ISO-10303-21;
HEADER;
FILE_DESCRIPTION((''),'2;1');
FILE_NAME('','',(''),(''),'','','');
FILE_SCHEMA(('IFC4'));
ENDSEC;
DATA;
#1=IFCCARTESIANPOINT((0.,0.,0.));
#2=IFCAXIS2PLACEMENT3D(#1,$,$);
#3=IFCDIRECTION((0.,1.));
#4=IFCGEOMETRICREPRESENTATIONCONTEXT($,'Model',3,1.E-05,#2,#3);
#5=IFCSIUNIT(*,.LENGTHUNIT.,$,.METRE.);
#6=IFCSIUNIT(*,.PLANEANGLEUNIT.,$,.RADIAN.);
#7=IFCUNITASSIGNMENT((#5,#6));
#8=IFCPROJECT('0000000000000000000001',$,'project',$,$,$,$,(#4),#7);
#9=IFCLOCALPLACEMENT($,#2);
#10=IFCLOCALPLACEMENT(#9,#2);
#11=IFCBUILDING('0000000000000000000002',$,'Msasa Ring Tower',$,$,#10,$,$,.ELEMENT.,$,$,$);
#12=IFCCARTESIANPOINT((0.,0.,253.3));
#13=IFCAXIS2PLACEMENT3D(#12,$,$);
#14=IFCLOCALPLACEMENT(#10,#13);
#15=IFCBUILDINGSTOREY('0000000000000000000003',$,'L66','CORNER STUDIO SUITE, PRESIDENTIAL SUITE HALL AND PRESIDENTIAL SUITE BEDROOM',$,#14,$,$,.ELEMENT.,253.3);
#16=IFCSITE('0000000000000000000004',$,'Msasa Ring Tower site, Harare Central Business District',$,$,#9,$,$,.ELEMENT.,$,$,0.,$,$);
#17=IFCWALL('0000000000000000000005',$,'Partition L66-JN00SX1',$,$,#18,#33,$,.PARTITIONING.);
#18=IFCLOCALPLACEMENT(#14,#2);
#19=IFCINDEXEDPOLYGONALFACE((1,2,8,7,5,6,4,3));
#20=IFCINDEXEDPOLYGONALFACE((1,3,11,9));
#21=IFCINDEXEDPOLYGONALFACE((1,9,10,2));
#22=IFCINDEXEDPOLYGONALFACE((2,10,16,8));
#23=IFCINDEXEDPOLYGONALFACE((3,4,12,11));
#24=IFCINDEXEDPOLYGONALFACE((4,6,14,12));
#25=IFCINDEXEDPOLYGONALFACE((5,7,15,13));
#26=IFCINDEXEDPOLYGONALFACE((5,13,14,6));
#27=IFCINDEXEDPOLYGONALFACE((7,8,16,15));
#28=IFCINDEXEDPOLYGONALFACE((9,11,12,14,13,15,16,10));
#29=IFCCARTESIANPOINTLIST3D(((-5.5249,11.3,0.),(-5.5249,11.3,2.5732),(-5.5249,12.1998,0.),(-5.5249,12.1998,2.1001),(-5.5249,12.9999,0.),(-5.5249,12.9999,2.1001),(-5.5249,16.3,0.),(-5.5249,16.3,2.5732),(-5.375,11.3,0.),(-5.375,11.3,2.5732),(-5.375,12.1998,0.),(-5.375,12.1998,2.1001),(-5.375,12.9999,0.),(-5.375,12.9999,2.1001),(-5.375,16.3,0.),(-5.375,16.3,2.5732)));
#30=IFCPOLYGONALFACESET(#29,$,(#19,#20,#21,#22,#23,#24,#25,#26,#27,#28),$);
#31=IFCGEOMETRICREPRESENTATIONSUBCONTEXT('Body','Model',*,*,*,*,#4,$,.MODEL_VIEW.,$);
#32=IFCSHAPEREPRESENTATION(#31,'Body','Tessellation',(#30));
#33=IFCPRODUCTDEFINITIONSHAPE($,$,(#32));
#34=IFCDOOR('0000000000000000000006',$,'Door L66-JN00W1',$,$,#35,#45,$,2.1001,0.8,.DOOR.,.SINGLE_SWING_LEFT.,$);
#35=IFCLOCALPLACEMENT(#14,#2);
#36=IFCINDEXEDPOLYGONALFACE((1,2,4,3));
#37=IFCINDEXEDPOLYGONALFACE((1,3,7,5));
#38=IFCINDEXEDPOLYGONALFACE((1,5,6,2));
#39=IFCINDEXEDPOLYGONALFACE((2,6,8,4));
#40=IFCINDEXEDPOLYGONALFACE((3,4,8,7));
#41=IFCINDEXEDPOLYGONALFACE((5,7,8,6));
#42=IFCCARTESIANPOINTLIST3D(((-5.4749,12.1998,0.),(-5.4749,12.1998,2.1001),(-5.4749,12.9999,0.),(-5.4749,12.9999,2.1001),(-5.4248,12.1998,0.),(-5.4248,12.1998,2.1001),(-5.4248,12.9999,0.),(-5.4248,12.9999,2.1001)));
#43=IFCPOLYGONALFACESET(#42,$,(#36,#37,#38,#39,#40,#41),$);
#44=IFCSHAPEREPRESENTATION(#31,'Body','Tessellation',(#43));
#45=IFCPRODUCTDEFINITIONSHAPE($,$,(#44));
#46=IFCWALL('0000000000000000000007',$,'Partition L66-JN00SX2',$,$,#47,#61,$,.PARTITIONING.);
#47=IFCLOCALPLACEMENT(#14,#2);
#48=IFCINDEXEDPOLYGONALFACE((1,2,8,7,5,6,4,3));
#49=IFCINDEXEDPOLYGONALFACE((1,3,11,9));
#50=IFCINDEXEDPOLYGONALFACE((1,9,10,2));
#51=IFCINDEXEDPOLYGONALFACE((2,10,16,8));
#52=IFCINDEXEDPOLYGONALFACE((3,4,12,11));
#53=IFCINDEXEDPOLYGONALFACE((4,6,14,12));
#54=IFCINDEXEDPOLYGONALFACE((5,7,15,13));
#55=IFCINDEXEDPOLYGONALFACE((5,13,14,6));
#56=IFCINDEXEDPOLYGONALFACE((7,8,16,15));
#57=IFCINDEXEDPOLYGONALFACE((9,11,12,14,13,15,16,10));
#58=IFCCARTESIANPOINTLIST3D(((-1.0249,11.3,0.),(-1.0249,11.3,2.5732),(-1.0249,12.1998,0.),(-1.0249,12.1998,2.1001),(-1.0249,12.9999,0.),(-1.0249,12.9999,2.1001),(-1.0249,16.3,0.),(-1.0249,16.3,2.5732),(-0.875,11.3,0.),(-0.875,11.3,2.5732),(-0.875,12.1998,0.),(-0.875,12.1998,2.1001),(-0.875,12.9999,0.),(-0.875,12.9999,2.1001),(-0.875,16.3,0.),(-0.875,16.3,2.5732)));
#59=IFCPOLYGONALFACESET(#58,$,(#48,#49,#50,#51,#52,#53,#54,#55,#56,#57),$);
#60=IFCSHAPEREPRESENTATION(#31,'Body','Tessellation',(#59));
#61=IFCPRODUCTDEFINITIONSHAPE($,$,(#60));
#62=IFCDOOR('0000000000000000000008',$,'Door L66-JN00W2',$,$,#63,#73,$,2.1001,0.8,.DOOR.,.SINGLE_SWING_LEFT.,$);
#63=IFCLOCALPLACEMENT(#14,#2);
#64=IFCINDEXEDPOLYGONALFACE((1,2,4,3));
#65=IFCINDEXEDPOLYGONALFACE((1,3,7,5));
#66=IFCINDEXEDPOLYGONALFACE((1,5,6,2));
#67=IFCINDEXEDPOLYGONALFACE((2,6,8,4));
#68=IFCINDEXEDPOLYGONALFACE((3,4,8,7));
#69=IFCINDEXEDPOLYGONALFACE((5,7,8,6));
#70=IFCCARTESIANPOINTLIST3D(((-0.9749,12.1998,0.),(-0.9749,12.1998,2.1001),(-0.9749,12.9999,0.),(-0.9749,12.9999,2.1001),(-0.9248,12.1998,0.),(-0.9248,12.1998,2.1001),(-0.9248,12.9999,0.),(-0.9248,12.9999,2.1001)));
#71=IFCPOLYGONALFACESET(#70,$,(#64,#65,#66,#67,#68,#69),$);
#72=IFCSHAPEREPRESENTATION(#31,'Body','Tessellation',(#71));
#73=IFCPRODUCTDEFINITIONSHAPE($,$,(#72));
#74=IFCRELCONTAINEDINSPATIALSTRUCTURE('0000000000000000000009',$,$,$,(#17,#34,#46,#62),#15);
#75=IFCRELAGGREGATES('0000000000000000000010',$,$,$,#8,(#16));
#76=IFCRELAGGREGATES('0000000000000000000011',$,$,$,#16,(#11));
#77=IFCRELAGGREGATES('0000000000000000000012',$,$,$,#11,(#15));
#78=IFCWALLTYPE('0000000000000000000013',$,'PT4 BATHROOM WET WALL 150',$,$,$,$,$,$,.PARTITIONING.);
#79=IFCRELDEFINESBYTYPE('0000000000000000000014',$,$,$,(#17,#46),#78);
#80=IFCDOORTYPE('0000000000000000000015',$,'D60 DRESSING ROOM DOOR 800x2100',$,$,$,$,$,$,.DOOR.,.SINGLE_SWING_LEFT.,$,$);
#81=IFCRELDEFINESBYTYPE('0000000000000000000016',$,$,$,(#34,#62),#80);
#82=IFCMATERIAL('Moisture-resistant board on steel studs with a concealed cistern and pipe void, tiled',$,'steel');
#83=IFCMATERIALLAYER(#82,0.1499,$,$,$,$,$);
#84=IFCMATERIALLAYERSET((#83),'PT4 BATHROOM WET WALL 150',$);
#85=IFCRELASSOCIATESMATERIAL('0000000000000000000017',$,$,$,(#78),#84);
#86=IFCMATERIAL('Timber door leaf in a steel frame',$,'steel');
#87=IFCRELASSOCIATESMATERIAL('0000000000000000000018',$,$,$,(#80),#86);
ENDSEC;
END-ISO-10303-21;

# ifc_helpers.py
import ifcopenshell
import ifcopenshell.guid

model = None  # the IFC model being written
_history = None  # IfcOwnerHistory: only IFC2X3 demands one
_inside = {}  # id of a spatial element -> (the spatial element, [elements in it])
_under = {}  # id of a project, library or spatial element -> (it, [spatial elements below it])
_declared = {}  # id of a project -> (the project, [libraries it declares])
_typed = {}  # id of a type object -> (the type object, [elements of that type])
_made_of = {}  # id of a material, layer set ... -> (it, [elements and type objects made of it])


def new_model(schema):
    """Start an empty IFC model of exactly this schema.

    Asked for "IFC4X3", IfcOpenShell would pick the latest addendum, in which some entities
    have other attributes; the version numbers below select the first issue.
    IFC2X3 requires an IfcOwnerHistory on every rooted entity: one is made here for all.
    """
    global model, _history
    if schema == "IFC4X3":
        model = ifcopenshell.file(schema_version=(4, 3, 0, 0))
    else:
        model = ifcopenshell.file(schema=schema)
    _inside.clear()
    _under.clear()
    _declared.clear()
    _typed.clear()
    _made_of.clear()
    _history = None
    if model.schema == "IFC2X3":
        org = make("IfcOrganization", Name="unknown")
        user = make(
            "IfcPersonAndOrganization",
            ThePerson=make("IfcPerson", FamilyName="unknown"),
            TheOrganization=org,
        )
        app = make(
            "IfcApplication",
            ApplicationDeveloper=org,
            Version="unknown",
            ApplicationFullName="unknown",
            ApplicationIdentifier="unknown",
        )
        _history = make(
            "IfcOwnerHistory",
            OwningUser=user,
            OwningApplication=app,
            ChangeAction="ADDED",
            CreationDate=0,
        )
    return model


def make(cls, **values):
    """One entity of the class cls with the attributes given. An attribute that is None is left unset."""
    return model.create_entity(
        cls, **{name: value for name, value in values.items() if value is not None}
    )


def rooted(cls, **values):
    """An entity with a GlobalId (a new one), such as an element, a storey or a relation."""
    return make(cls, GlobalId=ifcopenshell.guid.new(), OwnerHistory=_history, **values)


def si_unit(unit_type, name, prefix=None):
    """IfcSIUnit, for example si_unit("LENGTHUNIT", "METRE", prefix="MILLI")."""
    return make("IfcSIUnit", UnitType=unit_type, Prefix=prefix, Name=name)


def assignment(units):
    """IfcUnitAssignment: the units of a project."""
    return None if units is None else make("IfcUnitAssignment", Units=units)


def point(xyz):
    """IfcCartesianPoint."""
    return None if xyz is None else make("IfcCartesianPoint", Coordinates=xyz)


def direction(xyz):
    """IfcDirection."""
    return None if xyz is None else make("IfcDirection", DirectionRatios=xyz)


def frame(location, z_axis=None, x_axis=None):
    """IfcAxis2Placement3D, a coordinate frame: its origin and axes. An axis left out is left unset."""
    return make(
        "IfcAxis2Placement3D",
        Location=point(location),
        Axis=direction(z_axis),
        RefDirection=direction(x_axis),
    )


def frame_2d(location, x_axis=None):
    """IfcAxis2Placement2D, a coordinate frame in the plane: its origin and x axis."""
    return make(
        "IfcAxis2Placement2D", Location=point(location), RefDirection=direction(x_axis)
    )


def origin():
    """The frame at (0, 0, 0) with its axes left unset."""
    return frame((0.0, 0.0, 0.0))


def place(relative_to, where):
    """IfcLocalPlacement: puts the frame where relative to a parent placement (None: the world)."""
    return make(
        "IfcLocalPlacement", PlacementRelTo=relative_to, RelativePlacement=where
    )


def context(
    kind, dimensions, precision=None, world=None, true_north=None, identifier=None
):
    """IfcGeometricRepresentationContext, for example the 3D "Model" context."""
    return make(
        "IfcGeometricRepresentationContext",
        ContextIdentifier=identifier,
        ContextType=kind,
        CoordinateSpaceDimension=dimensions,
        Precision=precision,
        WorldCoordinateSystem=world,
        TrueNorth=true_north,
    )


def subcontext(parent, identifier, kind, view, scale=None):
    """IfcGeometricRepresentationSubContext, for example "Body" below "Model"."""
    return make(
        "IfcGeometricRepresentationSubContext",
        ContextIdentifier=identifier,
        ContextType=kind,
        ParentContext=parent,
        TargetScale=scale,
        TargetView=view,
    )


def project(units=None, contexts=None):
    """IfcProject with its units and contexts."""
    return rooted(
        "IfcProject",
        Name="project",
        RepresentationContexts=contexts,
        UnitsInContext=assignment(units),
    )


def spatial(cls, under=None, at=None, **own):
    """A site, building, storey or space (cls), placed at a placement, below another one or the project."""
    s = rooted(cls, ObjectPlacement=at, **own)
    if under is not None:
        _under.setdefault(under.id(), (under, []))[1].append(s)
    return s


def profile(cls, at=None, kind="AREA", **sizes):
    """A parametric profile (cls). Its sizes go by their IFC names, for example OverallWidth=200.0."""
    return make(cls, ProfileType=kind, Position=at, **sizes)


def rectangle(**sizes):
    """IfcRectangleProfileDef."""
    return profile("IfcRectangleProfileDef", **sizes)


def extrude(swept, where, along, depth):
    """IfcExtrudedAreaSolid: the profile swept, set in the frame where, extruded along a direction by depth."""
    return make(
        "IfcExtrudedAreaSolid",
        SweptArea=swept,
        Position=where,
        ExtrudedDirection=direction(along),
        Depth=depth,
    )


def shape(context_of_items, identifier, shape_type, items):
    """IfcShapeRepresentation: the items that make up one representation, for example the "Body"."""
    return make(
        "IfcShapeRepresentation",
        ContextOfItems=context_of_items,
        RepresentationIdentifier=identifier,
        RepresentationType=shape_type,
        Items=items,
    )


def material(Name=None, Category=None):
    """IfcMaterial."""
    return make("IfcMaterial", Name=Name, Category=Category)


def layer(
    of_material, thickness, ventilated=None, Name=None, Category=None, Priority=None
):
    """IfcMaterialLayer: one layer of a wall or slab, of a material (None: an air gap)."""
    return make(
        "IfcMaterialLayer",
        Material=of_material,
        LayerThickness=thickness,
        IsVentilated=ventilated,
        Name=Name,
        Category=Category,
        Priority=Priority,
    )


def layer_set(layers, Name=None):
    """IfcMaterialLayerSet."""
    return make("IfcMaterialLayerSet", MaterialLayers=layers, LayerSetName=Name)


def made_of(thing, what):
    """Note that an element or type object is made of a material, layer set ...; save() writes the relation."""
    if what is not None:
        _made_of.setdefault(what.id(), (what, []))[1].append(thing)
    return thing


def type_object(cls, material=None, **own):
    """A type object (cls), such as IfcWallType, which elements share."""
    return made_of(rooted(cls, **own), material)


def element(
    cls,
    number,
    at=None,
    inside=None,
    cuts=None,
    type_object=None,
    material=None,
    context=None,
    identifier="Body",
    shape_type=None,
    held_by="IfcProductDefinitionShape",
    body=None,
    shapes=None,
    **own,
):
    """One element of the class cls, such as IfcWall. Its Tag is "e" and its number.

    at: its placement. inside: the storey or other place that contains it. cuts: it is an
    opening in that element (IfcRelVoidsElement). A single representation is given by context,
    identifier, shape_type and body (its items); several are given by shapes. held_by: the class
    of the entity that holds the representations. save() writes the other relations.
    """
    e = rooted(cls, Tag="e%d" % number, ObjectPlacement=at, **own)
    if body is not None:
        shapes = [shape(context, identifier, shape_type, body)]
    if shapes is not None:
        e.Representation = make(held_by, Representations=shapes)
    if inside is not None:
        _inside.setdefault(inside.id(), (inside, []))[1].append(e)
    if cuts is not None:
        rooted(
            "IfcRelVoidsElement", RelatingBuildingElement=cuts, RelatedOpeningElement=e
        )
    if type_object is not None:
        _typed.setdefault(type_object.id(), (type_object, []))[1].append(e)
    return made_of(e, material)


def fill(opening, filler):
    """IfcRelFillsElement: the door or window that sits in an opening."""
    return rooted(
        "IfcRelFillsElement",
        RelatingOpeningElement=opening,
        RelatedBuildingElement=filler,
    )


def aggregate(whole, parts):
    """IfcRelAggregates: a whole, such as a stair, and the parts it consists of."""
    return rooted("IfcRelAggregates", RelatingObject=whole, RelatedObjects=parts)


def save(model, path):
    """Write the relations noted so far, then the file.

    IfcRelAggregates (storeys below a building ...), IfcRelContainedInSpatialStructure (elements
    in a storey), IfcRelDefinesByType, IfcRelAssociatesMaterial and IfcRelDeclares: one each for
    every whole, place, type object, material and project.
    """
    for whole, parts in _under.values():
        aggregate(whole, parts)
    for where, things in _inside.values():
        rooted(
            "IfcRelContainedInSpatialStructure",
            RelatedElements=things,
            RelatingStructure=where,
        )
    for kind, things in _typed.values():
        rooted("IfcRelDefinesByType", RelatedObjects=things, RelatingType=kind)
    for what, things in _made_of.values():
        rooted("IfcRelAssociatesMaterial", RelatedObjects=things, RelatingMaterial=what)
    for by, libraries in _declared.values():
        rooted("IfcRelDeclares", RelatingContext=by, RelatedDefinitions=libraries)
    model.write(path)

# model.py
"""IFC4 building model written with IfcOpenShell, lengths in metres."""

from ifc_helpers import new_model, si_unit, direction, frame, frame_2d, origin, place, context, subcontext, project, spatial, rectangle, extrude, material, layer, layer_set, type_object, element, fill, save


model = new_model("IFC4")

# Units and contexts
model_context = context("Model", 3, precision=1e-05, world=origin(), true_north=direction((0.0, 1.0)))
body_context = subcontext(model_context, "Body", "Model", "MODEL_VIEW")
ifc_project = project(units=[si_unit("LENGTHUNIT", "METRE"), si_unit("PLANEANGLEUNIT", "RADIAN")], contexts=[model_context])

# Site, building, storey
site_placement = place(None, origin())
site = spatial("IfcSite", under=ifc_project, at=site_placement, Name="Msasa Ring Tower site, Harare Central Business District", CompositionType="ELEMENT", RefElevation=0.0)
building_placement = place(site_placement, origin())
building = spatial("IfcBuilding", under=site, at=building_placement, Name="Msasa Ring Tower", CompositionType="ELEMENT")
storey_placement = place(building_placement, frame((0.0, 0.0, 253.3)))
storey = spatial("IfcBuildingStorey", under=building, at=storey_placement, Name="L66", Description="CORNER STUDIO SUITE, PRESIDENTIAL SUITE HALL AND PRESIDENTIAL SUITE BEDROOM", CompositionType="ELEMENT", Elevation=253.3)

# Walls, openings, doors
ifc_material_1 = material(Name="Moisture-resistant board on steel studs with a concealed cistern and pipe void, tiled", Category="steel")
ifc_layer_1 = layer(ifc_material_1, 0.1499)
ifc_layer_set_1 = layer_set([ifc_layer_1], Name="PT4 BATHROOM WET WALL 150")
wall_type_1 = type_object("IfcWallType", Name="PT4 BATHROOM WET WALL 150", PredefinedType="PARTITIONING", material=ifc_layer_set_1)
wall_1_placement = place(storey_placement, frame((-5.45, 11.3, 0.0), z_axis=(0.0, 0.0, 1.0), x_axis=(0.0, 1.0, 0.0)))
wall_1 = element("IfcWall", 1, at=wall_1_placement, inside=storey, type_object=wall_type_1, Name="Partition L66-JN00SX1", PredefinedType="PARTITIONING", context=body_context, shape_type="SweptSolid", body=[
    extrude(rectangle(XDim=5.0, YDim=0.1499, at=frame_2d((2.5, 0.0))), origin(), (0.0, 0.0, 1.0), 2.5732),
])
opening_1_placement = place(wall_1_placement, frame((0.8999, 0.0, 0.0)))
opening_1 = element("IfcOpeningElement", 2, at=opening_1_placement, cuts=wall_1, PredefinedType="OPENING", context=body_context, shape_type="SweptSolid", body=[
    extrude(rectangle(XDim=0.8, YDim=2.1001, at=frame_2d((0.3999, 1.05))), frame((0.0, 0.085, 0.0), z_axis=(0.0, -1.0, 0.0), x_axis=(1.0, 0.0, 0.0)), (0.0, 0.0, 1.0), 0.1699),
])
ifc_material_2 = material(Name="Timber door leaf in a steel frame", Category="steel")
door_type_1 = type_object("IfcDoorType", Name="D60 DRESSING ROOM DOOR 800x2100", OperationType="SINGLE_SWING_LEFT", PredefinedType="DOOR", material=ifc_material_2)
door_1_placement = place(opening_1_placement, origin())
door_1 = element("IfcDoor", 3, at=door_1_placement, inside=storey, type_object=door_type_1, Name="Door L66-JN00W1", OperationType="SINGLE_SWING_LEFT", OverallHeight=2.1001, OverallWidth=0.8, PredefinedType="DOOR", context=body_context, shape_type="SweptSolid", body=[
    extrude(rectangle(XDim=0.8, YDim=2.1001, at=frame_2d((0.3999, 1.05))), frame((0.0, 0.0249, 0.0), z_axis=(0.0, -1.0, 0.0), x_axis=(1.0, 0.0, 0.0)), (0.0, 0.0, 1.0), 0.05),
])
fill(opening_1, door_1)
wall_2_placement = place(storey_placement, frame((-0.95, 11.3, 0.0), z_axis=(0.0, 0.0, 1.0), x_axis=(0.0, 1.0, 0.0)))
wall_2 = element("IfcWall", 4, at=wall_2_placement, inside=storey, type_object=wall_type_1, Name="Partition L66-JN00SX2", PredefinedType="PARTITIONING", context=body_context, shape_type="SweptSolid", body=[
    extrude(rectangle(XDim=5.0, YDim=0.1499, at=frame_2d((2.5, 0.0))), origin(), (0.0, 0.0, 1.0), 2.5732),
])
opening_2_placement = place(wall_2_placement, frame((0.8999, 0.0, 0.0)))
opening_2 = element("IfcOpeningElement", 5, at=opening_2_placement, cuts=wall_2, PredefinedType="OPENING", context=body_context, shape_type="SweptSolid", body=[
    extrude(rectangle(XDim=0.8, YDim=2.1001, at=frame_2d((0.3999, 1.05))), frame((0.0, 0.085, 0.0), z_axis=(0.0, -1.0, 0.0), x_axis=(1.0, 0.0, 0.0)), (0.0, 0.0, 1.0), 0.1699),
])
door_2_placement = place(opening_2_placement, origin())
door_2 = element("IfcDoor", 6, at=door_2_placement, inside=storey, type_object=door_type_1, Name="Door L66-JN00W2", OperationType="SINGLE_SWING_LEFT", OverallHeight=2.1001, OverallWidth=0.8, PredefinedType="DOOR", context=body_context, shape_type="SweptSolid", body=[
    extrude(rectangle(XDim=0.8, YDim=2.1001, at=frame_2d((0.3999, 1.05))), frame((0.0, 0.0249, 0.0), z_axis=(0.0, -1.0, 0.0), x_axis=(1.0, 0.0, 0.0)), (0.0, 0.0, 1.0), 0.05),
])
fill(opening_2, door_2)

save(model, "model.ifc")
